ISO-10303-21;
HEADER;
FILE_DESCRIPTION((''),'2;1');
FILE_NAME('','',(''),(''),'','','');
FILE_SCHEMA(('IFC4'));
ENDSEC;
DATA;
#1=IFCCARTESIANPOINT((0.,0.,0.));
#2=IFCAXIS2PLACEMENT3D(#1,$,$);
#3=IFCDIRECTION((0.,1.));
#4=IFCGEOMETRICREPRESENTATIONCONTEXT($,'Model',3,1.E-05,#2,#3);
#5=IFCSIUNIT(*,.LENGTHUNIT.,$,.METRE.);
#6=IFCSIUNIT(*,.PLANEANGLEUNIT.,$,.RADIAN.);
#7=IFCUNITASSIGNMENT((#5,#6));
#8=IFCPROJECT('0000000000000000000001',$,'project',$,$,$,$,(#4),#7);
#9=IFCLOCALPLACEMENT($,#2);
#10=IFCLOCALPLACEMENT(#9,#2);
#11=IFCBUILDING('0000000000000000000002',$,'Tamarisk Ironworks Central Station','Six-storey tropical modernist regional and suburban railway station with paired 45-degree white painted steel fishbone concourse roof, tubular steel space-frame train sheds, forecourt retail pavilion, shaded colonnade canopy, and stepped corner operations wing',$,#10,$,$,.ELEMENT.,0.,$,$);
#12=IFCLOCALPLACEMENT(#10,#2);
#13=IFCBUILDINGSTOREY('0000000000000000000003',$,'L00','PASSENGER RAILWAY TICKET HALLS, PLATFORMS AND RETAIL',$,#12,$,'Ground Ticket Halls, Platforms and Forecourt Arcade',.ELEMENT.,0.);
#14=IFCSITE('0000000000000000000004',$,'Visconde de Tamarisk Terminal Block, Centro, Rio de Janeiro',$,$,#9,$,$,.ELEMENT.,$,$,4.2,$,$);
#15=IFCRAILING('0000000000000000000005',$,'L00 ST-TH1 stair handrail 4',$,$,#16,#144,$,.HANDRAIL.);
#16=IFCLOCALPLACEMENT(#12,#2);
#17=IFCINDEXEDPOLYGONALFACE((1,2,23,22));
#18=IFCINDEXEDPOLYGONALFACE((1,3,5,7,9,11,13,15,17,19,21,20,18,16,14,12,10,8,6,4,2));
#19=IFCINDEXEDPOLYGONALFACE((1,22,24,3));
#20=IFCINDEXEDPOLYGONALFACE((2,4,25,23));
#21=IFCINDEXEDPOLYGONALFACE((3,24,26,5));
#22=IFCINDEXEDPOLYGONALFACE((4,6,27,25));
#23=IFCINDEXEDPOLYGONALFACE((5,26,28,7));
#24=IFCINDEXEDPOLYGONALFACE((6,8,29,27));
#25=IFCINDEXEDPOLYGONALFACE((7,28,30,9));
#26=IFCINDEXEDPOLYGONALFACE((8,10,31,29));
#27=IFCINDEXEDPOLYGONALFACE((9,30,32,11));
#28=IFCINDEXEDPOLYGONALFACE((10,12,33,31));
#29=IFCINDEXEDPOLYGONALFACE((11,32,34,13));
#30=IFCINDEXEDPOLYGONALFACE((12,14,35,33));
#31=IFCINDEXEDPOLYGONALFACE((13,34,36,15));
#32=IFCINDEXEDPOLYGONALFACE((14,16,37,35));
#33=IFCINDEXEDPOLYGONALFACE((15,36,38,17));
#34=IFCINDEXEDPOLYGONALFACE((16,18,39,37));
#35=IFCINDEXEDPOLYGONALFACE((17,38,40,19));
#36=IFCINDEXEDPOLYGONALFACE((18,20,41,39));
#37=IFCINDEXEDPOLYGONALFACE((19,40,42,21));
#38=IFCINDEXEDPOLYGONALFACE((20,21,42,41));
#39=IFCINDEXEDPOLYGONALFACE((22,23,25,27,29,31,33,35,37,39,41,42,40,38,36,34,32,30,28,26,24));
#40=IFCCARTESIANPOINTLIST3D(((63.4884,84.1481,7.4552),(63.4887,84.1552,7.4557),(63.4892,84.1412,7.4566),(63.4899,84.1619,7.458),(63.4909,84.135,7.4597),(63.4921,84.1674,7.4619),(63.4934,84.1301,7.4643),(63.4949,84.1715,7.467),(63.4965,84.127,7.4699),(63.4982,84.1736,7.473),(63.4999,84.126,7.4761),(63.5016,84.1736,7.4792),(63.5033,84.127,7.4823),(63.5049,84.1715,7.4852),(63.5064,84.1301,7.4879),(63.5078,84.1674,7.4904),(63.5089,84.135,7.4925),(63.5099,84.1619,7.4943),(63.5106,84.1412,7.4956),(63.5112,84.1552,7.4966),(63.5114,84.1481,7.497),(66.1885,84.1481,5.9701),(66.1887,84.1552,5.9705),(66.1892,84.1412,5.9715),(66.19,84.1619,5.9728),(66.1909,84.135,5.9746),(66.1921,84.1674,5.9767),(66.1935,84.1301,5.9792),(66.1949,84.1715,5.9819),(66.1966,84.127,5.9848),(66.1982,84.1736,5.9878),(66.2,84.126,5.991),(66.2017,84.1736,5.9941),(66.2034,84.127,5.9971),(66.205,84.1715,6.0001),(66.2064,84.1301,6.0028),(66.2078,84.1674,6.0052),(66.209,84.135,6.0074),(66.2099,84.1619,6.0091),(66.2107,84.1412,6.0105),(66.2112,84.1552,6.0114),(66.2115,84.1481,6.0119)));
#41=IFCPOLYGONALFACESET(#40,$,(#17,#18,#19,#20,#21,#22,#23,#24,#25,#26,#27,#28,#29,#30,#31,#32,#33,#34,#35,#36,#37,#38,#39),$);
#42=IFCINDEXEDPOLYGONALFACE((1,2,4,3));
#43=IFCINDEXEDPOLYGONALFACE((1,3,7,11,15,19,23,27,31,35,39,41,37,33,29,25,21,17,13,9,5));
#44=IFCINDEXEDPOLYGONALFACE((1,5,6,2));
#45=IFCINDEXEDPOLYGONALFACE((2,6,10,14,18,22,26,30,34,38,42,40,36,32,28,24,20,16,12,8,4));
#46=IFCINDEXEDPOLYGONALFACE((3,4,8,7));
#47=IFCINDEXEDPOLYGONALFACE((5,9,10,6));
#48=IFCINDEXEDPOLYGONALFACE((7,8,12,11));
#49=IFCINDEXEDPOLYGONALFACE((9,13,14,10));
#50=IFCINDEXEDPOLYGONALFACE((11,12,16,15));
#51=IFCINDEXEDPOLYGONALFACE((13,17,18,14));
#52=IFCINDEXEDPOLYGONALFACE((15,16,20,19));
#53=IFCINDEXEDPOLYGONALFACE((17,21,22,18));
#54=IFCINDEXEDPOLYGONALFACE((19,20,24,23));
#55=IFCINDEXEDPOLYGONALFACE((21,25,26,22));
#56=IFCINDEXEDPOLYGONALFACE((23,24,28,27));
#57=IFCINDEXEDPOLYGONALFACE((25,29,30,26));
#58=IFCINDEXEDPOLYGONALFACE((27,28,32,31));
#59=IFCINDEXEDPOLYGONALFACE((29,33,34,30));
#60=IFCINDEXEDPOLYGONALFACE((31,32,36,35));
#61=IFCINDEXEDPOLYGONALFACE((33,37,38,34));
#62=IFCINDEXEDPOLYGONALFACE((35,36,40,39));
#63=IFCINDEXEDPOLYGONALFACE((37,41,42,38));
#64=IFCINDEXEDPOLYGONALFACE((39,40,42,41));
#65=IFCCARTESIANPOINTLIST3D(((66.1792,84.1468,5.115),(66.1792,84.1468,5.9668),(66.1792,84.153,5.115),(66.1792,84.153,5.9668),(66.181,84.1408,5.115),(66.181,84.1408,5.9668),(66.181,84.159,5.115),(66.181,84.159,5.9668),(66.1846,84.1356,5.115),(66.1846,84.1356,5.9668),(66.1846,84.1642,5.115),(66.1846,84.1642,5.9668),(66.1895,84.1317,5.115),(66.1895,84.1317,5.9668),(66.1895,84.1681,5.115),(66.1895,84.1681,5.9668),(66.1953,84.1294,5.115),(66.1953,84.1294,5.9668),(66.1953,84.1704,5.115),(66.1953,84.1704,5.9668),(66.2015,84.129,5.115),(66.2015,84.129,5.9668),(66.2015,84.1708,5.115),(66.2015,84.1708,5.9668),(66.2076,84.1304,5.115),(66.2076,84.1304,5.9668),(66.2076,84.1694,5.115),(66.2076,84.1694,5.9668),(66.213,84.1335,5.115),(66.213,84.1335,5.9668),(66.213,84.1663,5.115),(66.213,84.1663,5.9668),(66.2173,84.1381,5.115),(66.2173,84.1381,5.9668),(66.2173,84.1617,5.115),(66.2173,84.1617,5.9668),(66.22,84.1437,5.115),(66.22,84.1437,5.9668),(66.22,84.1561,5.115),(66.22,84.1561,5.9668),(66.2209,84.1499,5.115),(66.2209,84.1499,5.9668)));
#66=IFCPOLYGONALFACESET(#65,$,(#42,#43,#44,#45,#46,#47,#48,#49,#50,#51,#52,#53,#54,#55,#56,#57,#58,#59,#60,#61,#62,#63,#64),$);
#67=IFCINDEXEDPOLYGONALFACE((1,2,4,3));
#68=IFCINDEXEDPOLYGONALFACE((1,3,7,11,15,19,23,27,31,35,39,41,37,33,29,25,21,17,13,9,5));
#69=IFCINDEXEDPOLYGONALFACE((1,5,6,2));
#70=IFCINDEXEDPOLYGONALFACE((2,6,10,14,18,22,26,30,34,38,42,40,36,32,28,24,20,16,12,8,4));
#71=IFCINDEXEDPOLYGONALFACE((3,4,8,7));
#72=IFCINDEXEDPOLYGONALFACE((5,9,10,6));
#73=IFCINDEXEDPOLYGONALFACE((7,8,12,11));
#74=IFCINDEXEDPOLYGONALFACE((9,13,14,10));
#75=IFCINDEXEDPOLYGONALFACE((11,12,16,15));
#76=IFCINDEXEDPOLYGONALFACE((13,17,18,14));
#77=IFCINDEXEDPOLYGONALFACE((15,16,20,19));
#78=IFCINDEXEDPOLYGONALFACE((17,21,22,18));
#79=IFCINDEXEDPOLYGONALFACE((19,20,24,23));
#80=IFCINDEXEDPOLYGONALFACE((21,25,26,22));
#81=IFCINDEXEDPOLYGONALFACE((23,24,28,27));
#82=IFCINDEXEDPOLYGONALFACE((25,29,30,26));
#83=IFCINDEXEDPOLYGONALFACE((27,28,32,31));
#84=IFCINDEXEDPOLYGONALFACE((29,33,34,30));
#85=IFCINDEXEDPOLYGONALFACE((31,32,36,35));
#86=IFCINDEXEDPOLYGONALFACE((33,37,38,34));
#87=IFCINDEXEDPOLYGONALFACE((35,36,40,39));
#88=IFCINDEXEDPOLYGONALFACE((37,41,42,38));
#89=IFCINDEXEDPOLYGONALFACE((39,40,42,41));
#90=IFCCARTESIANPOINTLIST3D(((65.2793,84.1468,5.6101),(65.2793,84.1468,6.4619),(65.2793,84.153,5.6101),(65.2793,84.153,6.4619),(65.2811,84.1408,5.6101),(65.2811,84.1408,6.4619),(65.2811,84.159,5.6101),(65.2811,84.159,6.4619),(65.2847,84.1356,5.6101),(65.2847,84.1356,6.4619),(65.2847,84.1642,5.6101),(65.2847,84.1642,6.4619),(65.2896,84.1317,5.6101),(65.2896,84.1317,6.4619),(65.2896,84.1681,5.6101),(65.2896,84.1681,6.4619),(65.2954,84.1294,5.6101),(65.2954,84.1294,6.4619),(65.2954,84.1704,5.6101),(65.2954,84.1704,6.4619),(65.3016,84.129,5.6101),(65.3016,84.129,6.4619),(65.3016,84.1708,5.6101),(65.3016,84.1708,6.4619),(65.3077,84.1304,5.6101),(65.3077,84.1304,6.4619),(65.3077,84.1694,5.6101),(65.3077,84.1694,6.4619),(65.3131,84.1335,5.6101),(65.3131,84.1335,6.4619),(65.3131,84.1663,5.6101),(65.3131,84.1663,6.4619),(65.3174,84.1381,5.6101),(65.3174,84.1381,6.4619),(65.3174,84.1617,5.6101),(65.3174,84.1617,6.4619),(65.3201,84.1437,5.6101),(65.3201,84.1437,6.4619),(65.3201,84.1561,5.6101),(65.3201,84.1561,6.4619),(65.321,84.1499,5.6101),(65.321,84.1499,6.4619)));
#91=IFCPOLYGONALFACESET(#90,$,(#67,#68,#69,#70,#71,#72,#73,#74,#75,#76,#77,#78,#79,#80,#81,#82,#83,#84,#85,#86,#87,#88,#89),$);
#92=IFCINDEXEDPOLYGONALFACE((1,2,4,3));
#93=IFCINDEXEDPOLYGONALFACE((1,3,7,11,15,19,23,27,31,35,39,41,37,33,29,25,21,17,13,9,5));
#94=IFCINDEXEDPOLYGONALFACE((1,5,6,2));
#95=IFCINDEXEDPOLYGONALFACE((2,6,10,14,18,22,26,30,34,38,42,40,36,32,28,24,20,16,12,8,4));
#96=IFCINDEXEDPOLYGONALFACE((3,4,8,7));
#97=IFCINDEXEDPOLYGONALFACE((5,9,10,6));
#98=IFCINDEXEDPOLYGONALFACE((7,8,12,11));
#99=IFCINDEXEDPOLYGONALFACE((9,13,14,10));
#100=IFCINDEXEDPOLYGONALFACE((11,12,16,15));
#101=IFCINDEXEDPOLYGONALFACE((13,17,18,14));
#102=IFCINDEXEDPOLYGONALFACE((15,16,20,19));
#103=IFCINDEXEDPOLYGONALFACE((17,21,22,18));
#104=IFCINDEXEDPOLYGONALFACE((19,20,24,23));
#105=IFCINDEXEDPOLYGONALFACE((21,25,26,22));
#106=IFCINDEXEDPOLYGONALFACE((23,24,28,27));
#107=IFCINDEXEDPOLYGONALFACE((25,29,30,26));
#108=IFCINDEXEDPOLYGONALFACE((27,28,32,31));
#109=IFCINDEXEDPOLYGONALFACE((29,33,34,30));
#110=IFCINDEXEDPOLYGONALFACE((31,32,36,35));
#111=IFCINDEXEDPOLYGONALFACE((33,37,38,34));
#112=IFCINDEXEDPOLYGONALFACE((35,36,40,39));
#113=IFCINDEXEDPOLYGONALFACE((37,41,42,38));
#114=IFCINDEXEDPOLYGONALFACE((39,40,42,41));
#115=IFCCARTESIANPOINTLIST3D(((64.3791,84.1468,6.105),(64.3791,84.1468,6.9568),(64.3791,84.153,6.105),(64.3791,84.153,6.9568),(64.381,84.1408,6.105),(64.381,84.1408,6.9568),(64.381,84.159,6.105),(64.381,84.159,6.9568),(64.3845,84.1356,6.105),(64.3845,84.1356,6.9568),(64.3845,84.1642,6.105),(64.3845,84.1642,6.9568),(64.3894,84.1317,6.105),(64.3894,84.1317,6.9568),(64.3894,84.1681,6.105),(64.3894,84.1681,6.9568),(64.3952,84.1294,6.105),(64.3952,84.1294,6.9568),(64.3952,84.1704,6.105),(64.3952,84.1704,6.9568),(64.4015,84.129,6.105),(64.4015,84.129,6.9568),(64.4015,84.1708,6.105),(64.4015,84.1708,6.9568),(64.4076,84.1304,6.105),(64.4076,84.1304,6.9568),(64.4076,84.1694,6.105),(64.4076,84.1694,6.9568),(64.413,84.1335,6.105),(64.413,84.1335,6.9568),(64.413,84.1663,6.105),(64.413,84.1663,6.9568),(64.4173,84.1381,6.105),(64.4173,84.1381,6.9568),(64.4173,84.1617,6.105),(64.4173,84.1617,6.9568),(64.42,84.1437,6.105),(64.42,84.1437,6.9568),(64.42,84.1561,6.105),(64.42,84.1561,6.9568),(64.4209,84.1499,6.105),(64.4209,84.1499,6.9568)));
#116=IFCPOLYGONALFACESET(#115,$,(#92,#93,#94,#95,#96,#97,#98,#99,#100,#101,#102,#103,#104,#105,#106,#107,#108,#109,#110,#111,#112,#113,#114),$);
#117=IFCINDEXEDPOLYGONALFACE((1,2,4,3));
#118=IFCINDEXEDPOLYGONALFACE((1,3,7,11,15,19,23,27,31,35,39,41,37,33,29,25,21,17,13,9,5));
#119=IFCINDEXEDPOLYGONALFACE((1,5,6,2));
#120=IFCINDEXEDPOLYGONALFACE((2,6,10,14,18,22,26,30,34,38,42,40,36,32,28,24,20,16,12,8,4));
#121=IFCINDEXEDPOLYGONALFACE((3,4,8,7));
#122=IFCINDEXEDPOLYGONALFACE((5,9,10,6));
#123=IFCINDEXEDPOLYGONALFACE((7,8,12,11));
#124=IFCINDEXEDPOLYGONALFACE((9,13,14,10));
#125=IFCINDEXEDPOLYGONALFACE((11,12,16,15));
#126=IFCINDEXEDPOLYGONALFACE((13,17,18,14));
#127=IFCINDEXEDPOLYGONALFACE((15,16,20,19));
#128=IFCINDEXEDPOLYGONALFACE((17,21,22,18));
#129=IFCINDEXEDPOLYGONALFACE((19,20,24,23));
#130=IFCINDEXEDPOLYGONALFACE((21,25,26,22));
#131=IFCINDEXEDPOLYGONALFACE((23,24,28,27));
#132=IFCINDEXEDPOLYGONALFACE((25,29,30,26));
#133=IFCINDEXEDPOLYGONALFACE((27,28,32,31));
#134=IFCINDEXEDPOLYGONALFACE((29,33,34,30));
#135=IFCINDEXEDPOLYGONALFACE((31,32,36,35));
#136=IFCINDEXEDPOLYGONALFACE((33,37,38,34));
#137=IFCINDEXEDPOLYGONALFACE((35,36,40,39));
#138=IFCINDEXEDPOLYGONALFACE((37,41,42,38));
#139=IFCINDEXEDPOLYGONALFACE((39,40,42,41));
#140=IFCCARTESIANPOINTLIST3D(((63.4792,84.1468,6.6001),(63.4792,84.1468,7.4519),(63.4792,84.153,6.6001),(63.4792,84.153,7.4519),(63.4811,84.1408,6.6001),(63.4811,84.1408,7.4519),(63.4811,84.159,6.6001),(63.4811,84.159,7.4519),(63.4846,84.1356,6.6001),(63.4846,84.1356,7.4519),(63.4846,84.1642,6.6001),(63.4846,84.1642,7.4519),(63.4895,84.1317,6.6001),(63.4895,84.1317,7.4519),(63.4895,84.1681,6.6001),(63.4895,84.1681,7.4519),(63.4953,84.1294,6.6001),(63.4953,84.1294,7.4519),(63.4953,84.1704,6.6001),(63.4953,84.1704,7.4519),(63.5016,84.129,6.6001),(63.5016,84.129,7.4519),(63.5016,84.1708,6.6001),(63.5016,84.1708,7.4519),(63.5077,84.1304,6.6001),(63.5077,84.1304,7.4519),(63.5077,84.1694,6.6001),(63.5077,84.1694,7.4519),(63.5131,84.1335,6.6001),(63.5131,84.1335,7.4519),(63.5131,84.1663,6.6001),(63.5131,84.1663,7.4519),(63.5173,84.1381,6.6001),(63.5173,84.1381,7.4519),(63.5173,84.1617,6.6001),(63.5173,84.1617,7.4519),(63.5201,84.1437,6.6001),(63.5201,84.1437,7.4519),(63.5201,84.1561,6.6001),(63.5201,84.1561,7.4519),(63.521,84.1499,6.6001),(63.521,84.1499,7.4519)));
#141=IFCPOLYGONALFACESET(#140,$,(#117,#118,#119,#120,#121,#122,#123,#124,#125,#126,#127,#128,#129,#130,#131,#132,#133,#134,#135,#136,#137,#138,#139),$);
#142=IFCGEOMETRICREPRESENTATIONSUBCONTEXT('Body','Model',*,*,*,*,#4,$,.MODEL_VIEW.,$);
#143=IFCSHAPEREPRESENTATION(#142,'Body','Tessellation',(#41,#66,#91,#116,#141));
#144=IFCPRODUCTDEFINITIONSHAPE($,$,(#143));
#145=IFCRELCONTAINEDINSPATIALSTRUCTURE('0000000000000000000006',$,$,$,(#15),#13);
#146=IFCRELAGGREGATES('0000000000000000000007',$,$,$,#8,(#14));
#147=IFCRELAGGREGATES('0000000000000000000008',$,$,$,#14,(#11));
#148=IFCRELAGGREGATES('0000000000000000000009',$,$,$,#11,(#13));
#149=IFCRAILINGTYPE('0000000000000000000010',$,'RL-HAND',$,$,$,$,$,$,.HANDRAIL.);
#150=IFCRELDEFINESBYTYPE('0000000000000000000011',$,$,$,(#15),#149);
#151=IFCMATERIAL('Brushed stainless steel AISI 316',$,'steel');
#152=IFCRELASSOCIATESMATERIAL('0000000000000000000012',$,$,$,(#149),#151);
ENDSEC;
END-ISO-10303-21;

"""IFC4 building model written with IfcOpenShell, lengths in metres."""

from ifc_helpers import new_model, si_unit, direction, frame, origin, origin_2d, place, context, subcontext, project, spatial, circle, extrude, material, type_object, element, save


model = new_model("IFC4")

# Units and contexts
model_context = context("Model", 3, precision=1e-05, world=origin(), true_north=direction((0.0, 1.0)))
body_context = subcontext(model_context, "Body", "Model", "MODEL_VIEW")
ifc_project = project(units=[si_unit("LENGTHUNIT", "METRE"), si_unit("PLANEANGLEUNIT", "RADIAN")], contexts=[model_context])

# Site, building, storey
site_placement = place(None, origin())
site = spatial("IfcSite", under=ifc_project, at=site_placement, Name="Visconde de Tamarisk Terminal Block, Centro, Rio de Janeiro", CompositionType="ELEMENT", RefElevation=4.2)
building_placement = place(site_placement, origin())
building = spatial("IfcBuilding", under=site, at=building_placement, Name="Tamarisk Ironworks Central Station", Description="Six-storey tropical modernist regional and suburban railway station with paired 45-degree white painted steel fishbone concourse roof, tubular steel space-frame train sheds, forecourt retail pavilion, shaded colonnade canopy, and stepped corner operations wing", CompositionType="ELEMENT", ElevationOfRefHeight=0.0)
storey_placement = place(building_placement, origin())
storey = spatial("IfcBuildingStorey", under=building, at=storey_placement, Name="L00", Description="PASSENGER RAILWAY TICKET HALLS, PLATFORMS AND RETAIL", LongName="Ground Ticket Halls, Platforms and Forecourt Arcade", CompositionType="ELEMENT", Elevation=0.0)

# Railing
ifc_material_1 = material(Name="Brushed stainless steel AISI 316", Category="steel")
railing_type_1 = type_object("IfcRailingType", Name="RL-HAND", PredefinedType="HANDRAIL", material=ifc_material_1)
for number, where, name in (
    (1, (66.2, 84.1499, 5.115), "L00 ST-TH1 stair handrail 4"),
):
    element("IfcRailing", number, at=place(storey_placement, frame(where)), inside=storey, type_object=railing_type_1, Name=name, PredefinedType="HANDRAIL", context=body_context, shape_type="SweptSolid", body=[
        extrude(circle(Radius=0.0239, at=origin_2d()), frame((0.0, 0.0, 0.876), z_axis=(-0.876198, 0.0, 0.481952), x_axis=(0.0, -1.0, 0.0)), (0.0, 0.0, 1.0), 3.0815),
        extrude(circle(Radius=0.021, at=origin_2d()), origin(), (0.0, 0.0, 1.0), 0.8518),
        extrude(circle(Radius=0.021, at=origin_2d()), frame((-0.8999, 0.0, 0.4951)), (0.0, 0.0, 1.0), 0.8518),
        extrude(circle(Radius=0.021, at=origin_2d()), frame((-1.8, 0.0, 0.99)), (0.0, 0.0, 1.0), 0.8518),
        extrude(circle(Radius=0.021, at=origin_2d()), frame((-2.7, 0.0, 1.4851)), (0.0, 0.0, 1.0), 0.8518),
    ])

save(model, "model.ifc")
